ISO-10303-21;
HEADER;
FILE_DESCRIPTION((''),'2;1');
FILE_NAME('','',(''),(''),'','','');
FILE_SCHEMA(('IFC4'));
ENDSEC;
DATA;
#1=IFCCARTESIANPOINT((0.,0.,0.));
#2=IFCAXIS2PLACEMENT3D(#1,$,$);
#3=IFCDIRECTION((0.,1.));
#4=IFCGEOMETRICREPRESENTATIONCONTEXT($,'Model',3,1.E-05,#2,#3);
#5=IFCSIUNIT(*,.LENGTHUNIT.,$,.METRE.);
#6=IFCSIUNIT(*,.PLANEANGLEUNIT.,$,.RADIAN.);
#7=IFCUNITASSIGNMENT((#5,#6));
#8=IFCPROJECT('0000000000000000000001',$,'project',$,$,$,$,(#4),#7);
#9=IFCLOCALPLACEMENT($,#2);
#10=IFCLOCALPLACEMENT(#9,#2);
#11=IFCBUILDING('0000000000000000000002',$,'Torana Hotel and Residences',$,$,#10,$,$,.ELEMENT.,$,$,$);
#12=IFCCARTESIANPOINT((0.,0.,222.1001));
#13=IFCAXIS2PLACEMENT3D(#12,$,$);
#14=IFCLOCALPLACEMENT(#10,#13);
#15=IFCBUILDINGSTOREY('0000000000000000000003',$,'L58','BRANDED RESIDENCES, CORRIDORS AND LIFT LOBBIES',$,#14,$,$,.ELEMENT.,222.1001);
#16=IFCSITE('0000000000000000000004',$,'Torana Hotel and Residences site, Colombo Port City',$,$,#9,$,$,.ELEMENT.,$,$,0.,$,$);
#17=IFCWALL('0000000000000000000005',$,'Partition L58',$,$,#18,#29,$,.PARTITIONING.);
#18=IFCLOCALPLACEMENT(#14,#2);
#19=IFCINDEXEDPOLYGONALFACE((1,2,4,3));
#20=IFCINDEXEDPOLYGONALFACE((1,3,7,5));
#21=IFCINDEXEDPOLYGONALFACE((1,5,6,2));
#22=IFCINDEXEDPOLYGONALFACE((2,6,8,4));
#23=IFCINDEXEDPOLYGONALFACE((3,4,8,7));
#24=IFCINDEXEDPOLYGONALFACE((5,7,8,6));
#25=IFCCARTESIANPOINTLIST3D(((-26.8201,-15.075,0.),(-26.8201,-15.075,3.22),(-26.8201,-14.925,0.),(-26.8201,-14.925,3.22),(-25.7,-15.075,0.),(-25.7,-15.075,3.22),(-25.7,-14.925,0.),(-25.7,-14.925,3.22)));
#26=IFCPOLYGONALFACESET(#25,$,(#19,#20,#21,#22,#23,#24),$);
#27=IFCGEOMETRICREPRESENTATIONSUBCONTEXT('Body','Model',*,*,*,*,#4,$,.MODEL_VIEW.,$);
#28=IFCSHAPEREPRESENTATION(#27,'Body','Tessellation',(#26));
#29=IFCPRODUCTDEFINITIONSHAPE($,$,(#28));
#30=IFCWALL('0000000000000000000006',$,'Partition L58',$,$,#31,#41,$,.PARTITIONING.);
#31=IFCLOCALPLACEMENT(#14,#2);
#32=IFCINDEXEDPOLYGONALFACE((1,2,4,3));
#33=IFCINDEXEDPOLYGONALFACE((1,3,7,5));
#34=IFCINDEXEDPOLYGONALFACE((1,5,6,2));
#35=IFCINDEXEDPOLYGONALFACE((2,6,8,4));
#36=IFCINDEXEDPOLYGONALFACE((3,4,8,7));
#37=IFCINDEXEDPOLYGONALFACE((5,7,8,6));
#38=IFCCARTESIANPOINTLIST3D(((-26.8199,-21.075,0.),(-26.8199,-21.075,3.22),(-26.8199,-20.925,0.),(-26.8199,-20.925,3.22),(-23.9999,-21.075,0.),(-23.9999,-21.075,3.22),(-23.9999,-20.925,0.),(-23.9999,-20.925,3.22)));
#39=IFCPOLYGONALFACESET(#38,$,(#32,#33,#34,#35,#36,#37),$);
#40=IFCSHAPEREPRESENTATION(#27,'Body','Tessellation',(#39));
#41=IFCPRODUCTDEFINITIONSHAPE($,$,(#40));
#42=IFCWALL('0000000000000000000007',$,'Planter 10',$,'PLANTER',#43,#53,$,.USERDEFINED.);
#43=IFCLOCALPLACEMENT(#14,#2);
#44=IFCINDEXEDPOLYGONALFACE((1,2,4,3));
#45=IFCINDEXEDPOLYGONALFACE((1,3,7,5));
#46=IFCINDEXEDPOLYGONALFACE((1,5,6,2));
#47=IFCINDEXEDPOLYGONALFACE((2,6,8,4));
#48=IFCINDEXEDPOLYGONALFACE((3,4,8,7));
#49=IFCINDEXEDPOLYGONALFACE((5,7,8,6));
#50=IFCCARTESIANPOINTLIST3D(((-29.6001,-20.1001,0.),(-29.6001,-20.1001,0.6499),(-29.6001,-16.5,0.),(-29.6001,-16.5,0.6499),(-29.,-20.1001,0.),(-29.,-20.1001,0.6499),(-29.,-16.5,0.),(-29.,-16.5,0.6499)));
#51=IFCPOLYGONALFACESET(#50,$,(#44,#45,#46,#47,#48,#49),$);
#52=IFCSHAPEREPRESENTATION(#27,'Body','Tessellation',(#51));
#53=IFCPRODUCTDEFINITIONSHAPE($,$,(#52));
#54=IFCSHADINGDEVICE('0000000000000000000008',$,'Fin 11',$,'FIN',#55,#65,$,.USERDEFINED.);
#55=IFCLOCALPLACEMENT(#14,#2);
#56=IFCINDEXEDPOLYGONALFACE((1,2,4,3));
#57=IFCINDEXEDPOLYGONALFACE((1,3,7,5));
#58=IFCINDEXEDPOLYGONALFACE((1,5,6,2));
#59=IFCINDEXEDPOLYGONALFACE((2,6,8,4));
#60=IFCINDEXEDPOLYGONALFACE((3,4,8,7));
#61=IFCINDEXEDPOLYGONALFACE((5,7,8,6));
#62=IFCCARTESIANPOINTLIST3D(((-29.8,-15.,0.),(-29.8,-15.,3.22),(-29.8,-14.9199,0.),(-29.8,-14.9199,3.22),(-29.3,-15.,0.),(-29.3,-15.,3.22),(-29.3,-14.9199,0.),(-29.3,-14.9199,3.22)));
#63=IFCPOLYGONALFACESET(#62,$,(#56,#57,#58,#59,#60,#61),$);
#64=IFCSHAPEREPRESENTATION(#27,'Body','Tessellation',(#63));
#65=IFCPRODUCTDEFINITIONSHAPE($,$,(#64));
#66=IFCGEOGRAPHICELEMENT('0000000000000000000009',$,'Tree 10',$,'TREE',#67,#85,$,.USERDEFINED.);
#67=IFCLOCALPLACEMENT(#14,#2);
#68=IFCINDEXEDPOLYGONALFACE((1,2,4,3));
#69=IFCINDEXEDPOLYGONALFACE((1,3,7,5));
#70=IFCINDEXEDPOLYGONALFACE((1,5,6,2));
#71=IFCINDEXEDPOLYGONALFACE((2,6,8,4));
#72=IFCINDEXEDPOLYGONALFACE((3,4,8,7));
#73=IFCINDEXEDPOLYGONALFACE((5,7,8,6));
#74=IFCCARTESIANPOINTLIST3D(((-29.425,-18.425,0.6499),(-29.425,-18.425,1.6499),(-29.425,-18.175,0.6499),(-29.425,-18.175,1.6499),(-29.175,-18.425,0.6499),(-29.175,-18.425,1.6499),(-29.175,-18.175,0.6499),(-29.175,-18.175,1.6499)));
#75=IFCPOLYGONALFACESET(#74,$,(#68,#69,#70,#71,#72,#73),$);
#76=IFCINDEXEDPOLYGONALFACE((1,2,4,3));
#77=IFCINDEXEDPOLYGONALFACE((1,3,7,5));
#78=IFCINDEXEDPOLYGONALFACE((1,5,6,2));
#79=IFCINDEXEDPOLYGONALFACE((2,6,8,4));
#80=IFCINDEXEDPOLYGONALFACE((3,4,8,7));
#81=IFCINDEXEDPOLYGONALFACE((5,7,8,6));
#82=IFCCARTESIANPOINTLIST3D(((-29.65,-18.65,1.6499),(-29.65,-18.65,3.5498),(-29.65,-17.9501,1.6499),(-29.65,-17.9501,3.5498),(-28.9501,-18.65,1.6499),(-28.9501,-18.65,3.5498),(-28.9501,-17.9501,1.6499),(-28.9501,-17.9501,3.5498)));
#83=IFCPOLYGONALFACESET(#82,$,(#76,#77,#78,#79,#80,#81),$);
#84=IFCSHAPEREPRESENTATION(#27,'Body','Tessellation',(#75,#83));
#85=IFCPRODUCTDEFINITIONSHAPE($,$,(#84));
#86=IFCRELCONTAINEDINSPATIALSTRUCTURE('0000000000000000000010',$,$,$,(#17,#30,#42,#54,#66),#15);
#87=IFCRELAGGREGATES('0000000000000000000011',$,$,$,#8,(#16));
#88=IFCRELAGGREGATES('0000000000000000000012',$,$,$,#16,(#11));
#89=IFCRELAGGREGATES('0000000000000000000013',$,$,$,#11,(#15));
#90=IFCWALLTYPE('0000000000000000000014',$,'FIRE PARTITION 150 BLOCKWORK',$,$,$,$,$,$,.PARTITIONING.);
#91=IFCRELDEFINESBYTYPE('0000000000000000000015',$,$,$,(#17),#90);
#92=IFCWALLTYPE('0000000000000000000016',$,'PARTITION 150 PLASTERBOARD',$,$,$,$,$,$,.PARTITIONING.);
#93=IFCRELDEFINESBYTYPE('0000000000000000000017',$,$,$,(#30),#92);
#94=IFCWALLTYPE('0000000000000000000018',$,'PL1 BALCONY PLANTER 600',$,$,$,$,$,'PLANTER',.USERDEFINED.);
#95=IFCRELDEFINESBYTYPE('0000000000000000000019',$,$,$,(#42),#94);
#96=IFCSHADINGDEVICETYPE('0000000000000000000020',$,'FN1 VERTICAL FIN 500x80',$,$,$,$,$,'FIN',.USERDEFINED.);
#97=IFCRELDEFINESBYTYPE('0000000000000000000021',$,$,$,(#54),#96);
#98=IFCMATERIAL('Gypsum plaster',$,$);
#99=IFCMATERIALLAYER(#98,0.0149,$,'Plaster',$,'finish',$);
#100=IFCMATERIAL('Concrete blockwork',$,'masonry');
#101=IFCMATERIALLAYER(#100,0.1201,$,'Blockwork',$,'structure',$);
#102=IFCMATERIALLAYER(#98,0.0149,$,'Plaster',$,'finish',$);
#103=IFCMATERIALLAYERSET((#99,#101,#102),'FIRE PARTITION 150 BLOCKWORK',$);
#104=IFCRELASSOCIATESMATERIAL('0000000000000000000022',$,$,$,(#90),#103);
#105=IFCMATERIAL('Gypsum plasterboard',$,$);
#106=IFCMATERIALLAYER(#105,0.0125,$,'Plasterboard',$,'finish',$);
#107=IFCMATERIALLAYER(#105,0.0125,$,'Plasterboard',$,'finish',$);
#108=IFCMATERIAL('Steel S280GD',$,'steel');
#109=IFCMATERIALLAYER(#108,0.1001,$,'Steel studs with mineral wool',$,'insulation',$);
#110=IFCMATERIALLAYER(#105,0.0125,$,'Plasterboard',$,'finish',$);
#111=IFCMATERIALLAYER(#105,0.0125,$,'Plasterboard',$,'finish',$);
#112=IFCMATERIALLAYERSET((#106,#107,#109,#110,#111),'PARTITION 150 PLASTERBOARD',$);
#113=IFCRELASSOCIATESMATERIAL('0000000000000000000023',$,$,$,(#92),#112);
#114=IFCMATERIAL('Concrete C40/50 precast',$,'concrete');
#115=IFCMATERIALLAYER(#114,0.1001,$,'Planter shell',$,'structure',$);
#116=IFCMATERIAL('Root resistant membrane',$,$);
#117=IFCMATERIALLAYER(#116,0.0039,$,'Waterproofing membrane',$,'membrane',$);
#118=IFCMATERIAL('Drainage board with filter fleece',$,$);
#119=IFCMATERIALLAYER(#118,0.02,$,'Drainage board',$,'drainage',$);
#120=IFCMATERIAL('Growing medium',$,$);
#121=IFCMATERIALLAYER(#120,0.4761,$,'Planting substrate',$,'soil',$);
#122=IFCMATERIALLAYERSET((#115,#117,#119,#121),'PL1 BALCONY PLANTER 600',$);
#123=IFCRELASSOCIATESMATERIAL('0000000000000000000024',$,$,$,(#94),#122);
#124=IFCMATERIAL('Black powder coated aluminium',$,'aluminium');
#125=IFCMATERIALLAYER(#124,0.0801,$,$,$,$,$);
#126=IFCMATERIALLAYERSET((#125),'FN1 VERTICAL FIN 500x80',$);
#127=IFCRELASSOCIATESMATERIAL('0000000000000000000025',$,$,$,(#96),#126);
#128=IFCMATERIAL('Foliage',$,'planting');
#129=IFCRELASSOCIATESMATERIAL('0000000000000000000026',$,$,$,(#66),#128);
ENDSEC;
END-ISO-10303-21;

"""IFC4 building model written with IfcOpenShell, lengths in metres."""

from ifc_helpers import new_model, si_unit, direction, frame, frame_2d, origin, origin_2d, place, context, subcontext, project, spatial, rectangle, extrude, material, layer, layer_set, type_object, element, save


model = new_model("IFC4")

# Units and contexts
model_context = context("Model", 3, precision=1e-05, world=origin(), true_north=direction((0.0, 1.0)))
body_context = subcontext(model_context, "Body", "Model", "MODEL_VIEW")
ifc_project = project(units=[si_unit("LENGTHUNIT", "METRE"), si_unit("PLANEANGLEUNIT", "RADIAN")], contexts=[model_context])

# Site, building, storey
site_placement = place(None, origin())
site = spatial("IfcSite", under=ifc_project, at=site_placement, Name="Torana Hotel and Residences site, Colombo Port City", CompositionType="ELEMENT", RefElevation=0.0)
building_placement = place(site_placement, origin())
building = spatial("IfcBuilding", under=site, at=building_placement, Name="Torana Hotel and Residences", CompositionType="ELEMENT")
storey_placement = place(building_placement, frame((0.0, 0.0, 222.1001)))
storey = spatial("IfcBuildingStorey", under=building, at=storey_placement, Name="L58", Description="BRANDED RESIDENCES, CORRIDORS AND LIFT LOBBIES", CompositionType="ELEMENT", Elevation=222.1001)

# Shared definitions
ifc_material_1 = material(Name="Gypsum plaster")
ifc_layer_1 = layer(ifc_material_1, 0.0149, Name="Plaster", Category="finish")
ifc_material_2 = material(Name="Concrete blockwork", Category="masonry")
ifc_layer_2 = layer(ifc_material_2, 0.1201, Name="Blockwork", Category="structure")
ifc_layer_3 = layer(ifc_material_1, 0.0149, Name="Plaster", Category="finish")
ifc_layer_set_1 = layer_set([ifc_layer_1, ifc_layer_2, ifc_layer_3], Name="FIRE PARTITION 150 BLOCKWORK")
wall_type_1 = type_object("IfcWallType", Name="FIRE PARTITION 150 BLOCKWORK", PredefinedType="PARTITIONING", material=ifc_layer_set_1)

# Walls
wall_1_placement = place(storey_placement, frame((-26.8201, -15.0, 0.0), z_axis=(0.0, 0.0, 1.0), x_axis=(1.0, 0.0, 0.0)))
element("IfcWall", 1, at=wall_1_placement, inside=storey, type_object=wall_type_1, Name="Partition L58", PredefinedType="PARTITIONING", context=body_context, shape_type="SweptSolid", body=[
    extrude(rectangle(XDim=1.1201, YDim=0.1499, at=frame_2d((0.5601, 0.0))), origin(), (0.0, 0.0, 1.0), 3.22),
])
ifc_material_3 = material(Name="Gypsum plasterboard")
ifc_layer_4 = layer(ifc_material_3, 0.0125, Name="Plasterboard", Category="finish")
ifc_layer_5 = layer(ifc_material_3, 0.0125, Name="Plasterboard", Category="finish")
ifc_material_4 = material(Name="Steel S280GD", Category="steel")
ifc_layer_6 = layer(ifc_material_4, 0.1001, Name="Steel studs with mineral wool", Category="insulation")
ifc_layer_7 = layer(ifc_material_3, 0.0125, Name="Plasterboard", Category="finish")
ifc_layer_8 = layer(ifc_material_3, 0.0125, Name="Plasterboard", Category="finish")
ifc_layer_set_2 = layer_set([ifc_layer_4, ifc_layer_5, ifc_layer_6, ifc_layer_7, ifc_layer_8], Name="PARTITION 150 PLASTERBOARD")
wall_type_2 = type_object("IfcWallType", Name="PARTITION 150 PLASTERBOARD", PredefinedType="PARTITIONING", material=ifc_layer_set_2)
wall_2_placement = place(storey_placement, frame((-26.8201, -21.0, 0.0), z_axis=(0.0, 0.0, 1.0), x_axis=(1.0, 0.0, 0.0)))
element("IfcWall", 2, at=wall_2_placement, inside=storey, type_object=wall_type_2, Name="Partition L58", PredefinedType="PARTITIONING", context=body_context, shape_type="SweptSolid", body=[
    extrude(rectangle(XDim=2.8201, YDim=0.1499, at=frame_2d((1.4102, 0.0))), origin(), (0.0, 0.0, 1.0), 3.22),
])
ifc_material_5 = material(Name="Concrete C40/50 precast", Category="concrete")
ifc_layer_9 = layer(ifc_material_5, 0.1001, Name="Planter shell", Category="structure")
ifc_material_6 = material(Name="Root resistant membrane")
ifc_layer_10 = layer(ifc_material_6, 0.0039, Name="Waterproofing membrane", Category="membrane")
ifc_material_7 = material(Name="Drainage board with filter fleece")
ifc_layer_11 = layer(ifc_material_7, 0.02, Name="Drainage board", Category="drainage")
ifc_material_8 = material(Name="Growing medium")
ifc_layer_12 = layer(ifc_material_8, 0.4761, Name="Planting substrate", Category="soil")
ifc_layer_set_3 = layer_set([ifc_layer_9, ifc_layer_10, ifc_layer_11, ifc_layer_12], Name="PL1 BALCONY PLANTER 600")
wall_type_3 = type_object("IfcWallType", Name="PL1 BALCONY PLANTER 600", ElementType="PLANTER", PredefinedType="USERDEFINED", material=ifc_layer_set_3)
wall_3_placement = place(storey_placement, frame((-29.3, -20.1001, 0.0), z_axis=(0.0, 0.0, 1.0), x_axis=(0.0, 1.0, 0.0)))
element("IfcWall", 3, at=wall_3_placement, inside=storey, type_object=wall_type_3, Name="Planter 10", ObjectType="PLANTER", PredefinedType="USERDEFINED", context=body_context, shape_type="SweptSolid", body=[
    extrude(rectangle(XDim=3.6001, YDim=0.6001, at=frame_2d((1.8, 0.0))), origin(), (0.0, 0.0, 1.0), 0.6499),
])

# Shading device
ifc_material_9 = material(Name="Black powder coated aluminium", Category="aluminium")
ifc_layer_13 = layer(ifc_material_9, 0.0801)
ifc_layer_set_4 = layer_set([ifc_layer_13], Name="FN1 VERTICAL FIN 500x80")
shading_device_type = type_object("IfcShadingDeviceType", Name="FN1 VERTICAL FIN 500x80", ElementType="FIN", PredefinedType="USERDEFINED", material=ifc_layer_set_4)
shading_device_placement = place(storey_placement, frame((-29.55, -14.96, 0.0), z_axis=(0.0, 0.0, 1.0), x_axis=(0.0, 1.0, 0.0)))
element("IfcShadingDevice", 4, at=shading_device_placement, inside=storey, type_object=shading_device_type, Name="Fin 11", ObjectType="FIN", PredefinedType="USERDEFINED", context=body_context, shape_type="SweptSolid", body=[
    extrude(rectangle(XDim=0.0801, YDim=0.5, at=origin_2d()), origin(), (0.0, 0.0, 1.0), 3.22),
])

# Geographic element
ifc_material_10 = material(Name="Foliage", Category="planting")
geographic_element_placement = place(storey_placement, frame((-29.3, -18.3, 0.6499), z_axis=(0.0, 0.0, 1.0), x_axis=(1.0, 0.0, 0.0)))
element("IfcGeographicElement", 5, at=geographic_element_placement, inside=storey, material=ifc_material_10, Name="Tree 10", ObjectType="TREE", PredefinedType="USERDEFINED", context=body_context, shape_type="SweptSolid", body=[
    extrude(rectangle(XDim=0.25, YDim=0.25, at=origin_2d()), origin(), (0.0, 0.0, 1.0), 1.0),
    extrude(rectangle(XDim=0.7, YDim=0.7, at=origin_2d()), frame((0.0, 0.0, 1.0)), (0.0, 0.0, 1.0), 1.8999),
])

save(model, "model.ifc")
